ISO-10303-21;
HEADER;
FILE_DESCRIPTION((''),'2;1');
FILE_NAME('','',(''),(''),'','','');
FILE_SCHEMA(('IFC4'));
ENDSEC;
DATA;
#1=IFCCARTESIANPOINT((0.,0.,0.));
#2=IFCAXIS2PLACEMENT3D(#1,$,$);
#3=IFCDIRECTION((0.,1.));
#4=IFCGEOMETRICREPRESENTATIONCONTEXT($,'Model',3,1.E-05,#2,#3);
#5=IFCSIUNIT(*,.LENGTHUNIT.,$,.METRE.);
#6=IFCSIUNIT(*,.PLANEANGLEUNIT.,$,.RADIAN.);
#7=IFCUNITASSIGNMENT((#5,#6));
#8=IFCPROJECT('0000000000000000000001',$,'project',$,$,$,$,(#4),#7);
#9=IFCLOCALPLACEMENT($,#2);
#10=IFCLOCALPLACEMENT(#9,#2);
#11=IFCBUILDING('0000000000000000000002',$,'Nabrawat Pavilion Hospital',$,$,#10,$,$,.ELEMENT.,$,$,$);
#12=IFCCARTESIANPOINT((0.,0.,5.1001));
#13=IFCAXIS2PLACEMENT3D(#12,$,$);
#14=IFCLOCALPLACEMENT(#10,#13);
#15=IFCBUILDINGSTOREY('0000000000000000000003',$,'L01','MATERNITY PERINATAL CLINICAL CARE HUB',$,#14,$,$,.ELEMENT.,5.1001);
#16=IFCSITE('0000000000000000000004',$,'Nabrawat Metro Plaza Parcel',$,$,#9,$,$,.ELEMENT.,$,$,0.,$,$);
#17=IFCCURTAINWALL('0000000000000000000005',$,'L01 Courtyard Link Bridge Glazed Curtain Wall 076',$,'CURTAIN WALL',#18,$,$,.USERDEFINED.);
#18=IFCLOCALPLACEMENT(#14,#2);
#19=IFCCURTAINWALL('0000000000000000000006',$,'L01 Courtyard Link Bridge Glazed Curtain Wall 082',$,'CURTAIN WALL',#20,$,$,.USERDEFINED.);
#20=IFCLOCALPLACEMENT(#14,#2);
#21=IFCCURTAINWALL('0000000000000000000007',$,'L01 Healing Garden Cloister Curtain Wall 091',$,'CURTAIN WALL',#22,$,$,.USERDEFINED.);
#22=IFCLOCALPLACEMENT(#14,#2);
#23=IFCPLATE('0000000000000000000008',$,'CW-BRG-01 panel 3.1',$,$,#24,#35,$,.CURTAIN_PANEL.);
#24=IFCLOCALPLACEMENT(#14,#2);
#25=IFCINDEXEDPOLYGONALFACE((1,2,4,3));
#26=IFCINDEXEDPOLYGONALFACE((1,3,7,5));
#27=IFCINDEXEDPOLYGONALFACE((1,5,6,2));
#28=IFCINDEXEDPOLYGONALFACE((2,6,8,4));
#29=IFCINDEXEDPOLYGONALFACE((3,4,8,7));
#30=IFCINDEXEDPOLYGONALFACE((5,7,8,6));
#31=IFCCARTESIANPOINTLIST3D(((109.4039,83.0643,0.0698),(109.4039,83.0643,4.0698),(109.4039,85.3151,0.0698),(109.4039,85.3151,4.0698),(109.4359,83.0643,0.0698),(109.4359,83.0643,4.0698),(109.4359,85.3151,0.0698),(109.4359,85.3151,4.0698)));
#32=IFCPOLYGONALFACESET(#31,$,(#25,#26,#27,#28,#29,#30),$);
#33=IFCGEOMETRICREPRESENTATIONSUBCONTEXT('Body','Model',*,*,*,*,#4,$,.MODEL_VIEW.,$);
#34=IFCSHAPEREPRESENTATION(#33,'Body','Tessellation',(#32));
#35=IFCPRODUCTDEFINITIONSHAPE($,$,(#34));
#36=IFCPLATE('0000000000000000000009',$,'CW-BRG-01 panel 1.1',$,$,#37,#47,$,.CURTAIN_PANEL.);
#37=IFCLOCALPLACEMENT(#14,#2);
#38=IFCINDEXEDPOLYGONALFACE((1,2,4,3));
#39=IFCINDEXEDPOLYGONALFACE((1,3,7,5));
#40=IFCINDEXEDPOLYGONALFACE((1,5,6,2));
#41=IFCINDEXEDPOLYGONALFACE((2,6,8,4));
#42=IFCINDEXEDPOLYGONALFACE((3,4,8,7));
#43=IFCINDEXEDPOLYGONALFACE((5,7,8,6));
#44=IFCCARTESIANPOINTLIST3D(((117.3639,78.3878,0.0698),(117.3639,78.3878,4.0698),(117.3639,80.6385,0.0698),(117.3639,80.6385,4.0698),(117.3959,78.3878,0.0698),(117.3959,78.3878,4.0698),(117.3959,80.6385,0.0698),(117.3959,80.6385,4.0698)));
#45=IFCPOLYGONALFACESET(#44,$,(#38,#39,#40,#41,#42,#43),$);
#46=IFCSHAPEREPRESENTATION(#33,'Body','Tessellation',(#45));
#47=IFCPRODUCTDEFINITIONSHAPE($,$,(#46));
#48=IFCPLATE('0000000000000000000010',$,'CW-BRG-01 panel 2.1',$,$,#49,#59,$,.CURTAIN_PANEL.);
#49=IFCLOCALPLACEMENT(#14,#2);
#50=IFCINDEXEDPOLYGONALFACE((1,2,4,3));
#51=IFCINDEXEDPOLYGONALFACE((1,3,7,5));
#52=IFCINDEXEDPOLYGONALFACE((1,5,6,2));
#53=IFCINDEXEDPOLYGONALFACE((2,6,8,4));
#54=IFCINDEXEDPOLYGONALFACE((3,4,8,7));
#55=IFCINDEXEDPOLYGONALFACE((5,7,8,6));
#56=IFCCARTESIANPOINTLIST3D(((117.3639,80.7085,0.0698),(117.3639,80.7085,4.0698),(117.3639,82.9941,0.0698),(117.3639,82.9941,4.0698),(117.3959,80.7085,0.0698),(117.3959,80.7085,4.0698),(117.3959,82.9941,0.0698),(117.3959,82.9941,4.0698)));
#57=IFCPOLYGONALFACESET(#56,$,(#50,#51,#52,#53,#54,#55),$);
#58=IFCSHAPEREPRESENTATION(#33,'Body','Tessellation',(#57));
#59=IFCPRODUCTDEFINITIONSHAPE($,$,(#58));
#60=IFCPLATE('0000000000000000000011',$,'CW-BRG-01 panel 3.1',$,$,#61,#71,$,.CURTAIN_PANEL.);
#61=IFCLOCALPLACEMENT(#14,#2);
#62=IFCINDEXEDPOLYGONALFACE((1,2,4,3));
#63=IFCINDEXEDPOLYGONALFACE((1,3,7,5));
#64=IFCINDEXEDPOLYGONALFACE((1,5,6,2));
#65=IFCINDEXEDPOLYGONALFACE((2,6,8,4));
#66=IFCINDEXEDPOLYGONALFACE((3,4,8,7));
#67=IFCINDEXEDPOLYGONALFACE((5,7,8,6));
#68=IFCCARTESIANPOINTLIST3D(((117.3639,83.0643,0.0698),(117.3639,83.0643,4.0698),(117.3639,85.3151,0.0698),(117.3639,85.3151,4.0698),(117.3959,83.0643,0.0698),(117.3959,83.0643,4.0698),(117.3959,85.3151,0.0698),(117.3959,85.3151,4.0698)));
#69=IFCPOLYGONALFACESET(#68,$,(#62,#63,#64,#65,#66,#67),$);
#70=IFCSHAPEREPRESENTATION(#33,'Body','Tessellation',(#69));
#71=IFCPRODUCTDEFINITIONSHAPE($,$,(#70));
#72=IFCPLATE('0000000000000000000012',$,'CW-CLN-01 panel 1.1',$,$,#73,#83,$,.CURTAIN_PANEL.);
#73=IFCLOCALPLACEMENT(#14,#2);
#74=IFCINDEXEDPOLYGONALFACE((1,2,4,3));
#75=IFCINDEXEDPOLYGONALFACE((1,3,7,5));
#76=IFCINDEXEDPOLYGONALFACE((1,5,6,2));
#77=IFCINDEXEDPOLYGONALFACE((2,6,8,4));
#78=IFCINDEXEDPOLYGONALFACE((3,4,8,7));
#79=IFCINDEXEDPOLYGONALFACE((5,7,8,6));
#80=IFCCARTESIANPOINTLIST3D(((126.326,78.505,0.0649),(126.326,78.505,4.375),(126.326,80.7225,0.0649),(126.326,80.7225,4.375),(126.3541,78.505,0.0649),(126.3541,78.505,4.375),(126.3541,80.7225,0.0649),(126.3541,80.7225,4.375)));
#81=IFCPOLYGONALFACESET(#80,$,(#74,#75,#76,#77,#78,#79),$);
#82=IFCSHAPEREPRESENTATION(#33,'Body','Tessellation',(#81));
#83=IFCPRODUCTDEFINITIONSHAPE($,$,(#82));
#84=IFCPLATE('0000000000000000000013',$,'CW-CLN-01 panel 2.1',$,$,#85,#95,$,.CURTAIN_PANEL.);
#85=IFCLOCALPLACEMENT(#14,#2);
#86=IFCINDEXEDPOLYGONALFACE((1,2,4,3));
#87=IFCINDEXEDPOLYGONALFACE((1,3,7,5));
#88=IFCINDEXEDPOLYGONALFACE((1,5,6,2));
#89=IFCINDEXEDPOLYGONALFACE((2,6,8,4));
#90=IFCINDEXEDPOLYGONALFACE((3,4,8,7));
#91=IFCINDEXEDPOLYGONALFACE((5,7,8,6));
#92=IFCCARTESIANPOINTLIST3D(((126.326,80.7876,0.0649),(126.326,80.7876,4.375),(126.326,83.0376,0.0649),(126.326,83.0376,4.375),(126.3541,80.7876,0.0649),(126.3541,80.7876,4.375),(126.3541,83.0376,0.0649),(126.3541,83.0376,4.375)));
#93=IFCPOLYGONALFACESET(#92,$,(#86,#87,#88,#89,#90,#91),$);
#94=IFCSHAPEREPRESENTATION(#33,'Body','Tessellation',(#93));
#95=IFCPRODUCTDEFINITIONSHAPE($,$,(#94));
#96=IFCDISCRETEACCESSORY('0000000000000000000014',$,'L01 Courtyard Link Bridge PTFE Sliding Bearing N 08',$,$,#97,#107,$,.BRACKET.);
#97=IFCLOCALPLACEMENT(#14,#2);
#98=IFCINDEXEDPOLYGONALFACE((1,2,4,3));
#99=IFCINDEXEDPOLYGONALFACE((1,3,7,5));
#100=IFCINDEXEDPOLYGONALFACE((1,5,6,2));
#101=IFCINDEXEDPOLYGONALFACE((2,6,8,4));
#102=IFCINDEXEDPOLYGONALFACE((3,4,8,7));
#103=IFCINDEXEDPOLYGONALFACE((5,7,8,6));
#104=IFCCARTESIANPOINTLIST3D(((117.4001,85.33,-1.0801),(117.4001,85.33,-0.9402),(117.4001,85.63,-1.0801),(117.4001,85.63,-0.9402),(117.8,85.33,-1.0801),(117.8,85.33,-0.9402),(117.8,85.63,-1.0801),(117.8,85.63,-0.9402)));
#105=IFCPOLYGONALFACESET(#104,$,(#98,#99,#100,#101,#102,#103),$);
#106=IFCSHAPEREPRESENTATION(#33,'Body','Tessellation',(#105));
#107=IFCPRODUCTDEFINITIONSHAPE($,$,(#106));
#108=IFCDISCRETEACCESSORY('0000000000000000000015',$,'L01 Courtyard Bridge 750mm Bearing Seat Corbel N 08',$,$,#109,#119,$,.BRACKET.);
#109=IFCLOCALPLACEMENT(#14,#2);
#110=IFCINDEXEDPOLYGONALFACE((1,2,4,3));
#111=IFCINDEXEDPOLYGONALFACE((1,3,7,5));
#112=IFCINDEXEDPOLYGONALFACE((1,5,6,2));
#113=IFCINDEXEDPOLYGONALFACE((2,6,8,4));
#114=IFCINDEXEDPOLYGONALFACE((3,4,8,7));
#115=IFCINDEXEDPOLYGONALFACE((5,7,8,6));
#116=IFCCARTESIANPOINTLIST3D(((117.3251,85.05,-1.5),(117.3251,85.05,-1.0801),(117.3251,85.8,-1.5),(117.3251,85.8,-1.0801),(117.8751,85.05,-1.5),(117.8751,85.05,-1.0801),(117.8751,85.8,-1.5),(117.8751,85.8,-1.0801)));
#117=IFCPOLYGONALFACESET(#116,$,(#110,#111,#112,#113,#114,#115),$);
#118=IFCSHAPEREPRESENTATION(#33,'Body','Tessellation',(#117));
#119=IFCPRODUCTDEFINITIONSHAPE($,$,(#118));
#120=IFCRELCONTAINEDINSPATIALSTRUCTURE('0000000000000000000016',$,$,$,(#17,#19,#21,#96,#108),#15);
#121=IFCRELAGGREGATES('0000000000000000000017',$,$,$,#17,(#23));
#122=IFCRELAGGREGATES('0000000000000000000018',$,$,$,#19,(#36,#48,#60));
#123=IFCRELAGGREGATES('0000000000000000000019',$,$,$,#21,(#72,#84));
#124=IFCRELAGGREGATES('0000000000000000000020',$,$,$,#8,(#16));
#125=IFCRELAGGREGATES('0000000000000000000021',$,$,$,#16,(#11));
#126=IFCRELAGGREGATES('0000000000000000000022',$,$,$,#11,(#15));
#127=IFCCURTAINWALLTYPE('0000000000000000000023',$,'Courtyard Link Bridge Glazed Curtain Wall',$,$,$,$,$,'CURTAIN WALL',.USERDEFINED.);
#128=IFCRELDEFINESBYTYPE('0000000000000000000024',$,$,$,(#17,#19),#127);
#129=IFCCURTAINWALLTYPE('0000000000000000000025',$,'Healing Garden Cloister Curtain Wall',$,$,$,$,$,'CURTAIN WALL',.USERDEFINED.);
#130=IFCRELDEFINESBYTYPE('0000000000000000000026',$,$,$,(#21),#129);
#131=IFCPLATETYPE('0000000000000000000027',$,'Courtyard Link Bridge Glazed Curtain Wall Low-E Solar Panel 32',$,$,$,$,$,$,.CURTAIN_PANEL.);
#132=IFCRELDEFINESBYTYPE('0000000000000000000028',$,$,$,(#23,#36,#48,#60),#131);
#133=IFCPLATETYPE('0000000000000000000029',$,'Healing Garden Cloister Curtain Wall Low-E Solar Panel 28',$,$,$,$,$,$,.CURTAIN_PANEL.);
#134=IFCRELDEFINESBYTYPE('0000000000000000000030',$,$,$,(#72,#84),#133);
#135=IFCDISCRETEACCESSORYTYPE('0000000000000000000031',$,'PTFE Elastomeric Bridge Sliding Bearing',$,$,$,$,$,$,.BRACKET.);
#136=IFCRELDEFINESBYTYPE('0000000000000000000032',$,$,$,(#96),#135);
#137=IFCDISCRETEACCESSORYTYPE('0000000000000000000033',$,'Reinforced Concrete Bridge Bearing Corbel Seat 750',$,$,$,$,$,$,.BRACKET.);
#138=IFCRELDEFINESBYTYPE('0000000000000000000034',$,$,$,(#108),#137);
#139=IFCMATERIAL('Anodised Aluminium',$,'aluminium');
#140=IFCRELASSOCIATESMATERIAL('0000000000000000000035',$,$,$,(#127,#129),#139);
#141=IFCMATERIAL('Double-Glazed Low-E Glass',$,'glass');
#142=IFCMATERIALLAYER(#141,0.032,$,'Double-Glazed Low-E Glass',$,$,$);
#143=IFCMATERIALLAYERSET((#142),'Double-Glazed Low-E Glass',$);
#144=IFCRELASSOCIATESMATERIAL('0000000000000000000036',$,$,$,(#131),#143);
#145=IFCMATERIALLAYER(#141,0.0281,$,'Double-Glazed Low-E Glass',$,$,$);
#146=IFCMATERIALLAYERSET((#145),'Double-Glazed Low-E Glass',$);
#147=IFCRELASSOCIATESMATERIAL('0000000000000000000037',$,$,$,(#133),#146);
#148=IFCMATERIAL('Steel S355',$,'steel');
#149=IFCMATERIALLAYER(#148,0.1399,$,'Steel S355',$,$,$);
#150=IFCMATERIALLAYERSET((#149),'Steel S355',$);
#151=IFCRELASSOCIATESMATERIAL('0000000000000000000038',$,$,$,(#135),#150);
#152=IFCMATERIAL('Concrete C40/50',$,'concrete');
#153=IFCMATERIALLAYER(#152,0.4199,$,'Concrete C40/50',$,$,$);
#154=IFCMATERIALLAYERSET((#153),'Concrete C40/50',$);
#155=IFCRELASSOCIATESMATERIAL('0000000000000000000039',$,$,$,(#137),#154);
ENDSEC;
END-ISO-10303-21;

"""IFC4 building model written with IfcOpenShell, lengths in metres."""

from ifc_helpers import new_model, si_unit, direction, frame, origin, origin_2d, place, context, subcontext, project, spatial, rectangle, extrude, material, layer, layer_set, type_object, element, aggregate, save


model = new_model("IFC4")

# Units and contexts
model_context = context("Model", 3, precision=1e-05, world=origin(), true_north=direction((0.0, 1.0)))
body_context = subcontext(model_context, "Body", "Model", "MODEL_VIEW")
ifc_project = project(units=[si_unit("LENGTHUNIT", "METRE"), si_unit("PLANEANGLEUNIT", "RADIAN")], contexts=[model_context])

# Site, building, storey
site_placement = place(None, origin())
site = spatial("IfcSite", under=ifc_project, at=site_placement, Name="Nabrawat Metro Plaza Parcel", CompositionType="ELEMENT", RefElevation=0.0)
building_placement = place(site_placement, origin())
building = spatial("IfcBuilding", under=site, at=building_placement, Name="Nabrawat Pavilion Hospital", CompositionType="ELEMENT")
storey_placement = place(building_placement, frame((0.0, 0.0, 5.1001)))
storey = spatial("IfcBuildingStorey", under=building, at=storey_placement, Name="L01", Description="MATERNITY PERINATAL CLINICAL CARE HUB", CompositionType="ELEMENT", Elevation=5.1001)

# Shared definitions
ifc_material_1 = material(Name="Concrete C40/50", Category="concrete")

# Curtain wall
ifc_material_2 = material(Name="Anodised Aluminium", Category="aluminium")
curtain_wall_type_1 = type_object("IfcCurtainWallType", Name="Courtyard Link Bridge Glazed Curtain Wall", ElementType="CURTAIN WALL", PredefinedType="USERDEFINED", material=ifc_material_2)
curtain_wall_1_placement = place(storey_placement, origin())
curtain_wall_1 = element("IfcCurtainWall", 1, at=curtain_wall_1_placement, inside=storey, type_object=curtain_wall_type_1, Name="L01 Courtyard Link Bridge Glazed Curtain Wall 076", ObjectType="CURTAIN WALL", PredefinedType="USERDEFINED")

# Curtain wall
curtain_wall_2_placement = place(storey_placement, origin())
curtain_wall_2 = element("IfcCurtainWall", 2, at=curtain_wall_2_placement, inside=storey, type_object=curtain_wall_type_1, Name="L01 Courtyard Link Bridge Glazed Curtain Wall 082", ObjectType="CURTAIN WALL", PredefinedType="USERDEFINED")

# Curtain wall
curtain_wall_type_2 = type_object("IfcCurtainWallType", Name="Healing Garden Cloister Curtain Wall", ElementType="CURTAIN WALL", PredefinedType="USERDEFINED", material=ifc_material_2)
curtain_wall_3_placement = place(storey_placement, origin())
curtain_wall_3 = element("IfcCurtainWall", 3, at=curtain_wall_3_placement, inside=storey, type_object=curtain_wall_type_2, Name="L01 Healing Garden Cloister Curtain Wall 091", ObjectType="CURTAIN WALL", PredefinedType="USERDEFINED")

# Shared definitions
ifc_material_3 = material(Name="Steel S355", Category="steel")

# Plates
ifc_material_4 = material(Name="Double-Glazed Low-E Glass", Category="glass")
ifc_layer_1 = layer(ifc_material_4, 0.032, Name="Double-Glazed Low-E Glass")
ifc_layer_set_1 = layer_set([ifc_layer_1], Name="Double-Glazed Low-E Glass")
plate_type_1 = type_object("IfcPlateType", Name="Courtyard Link Bridge Glazed Curtain Wall Low-E Solar Panel 32", PredefinedType="CURTAIN_PANEL", material=ifc_layer_set_1)
plate_1_placement = place(storey_placement, frame((109.4199, 84.1897, 0.0698), z_axis=(0.0, 0.0, 1.0), x_axis=(0.0, 1.0, 0.0)))
plate_1 = element("IfcPlate", 4, at=plate_1_placement, type_object=plate_type_1, Name="CW-BRG-01 panel 3.1", PredefinedType="CURTAIN_PANEL", context=body_context, shape_type="SweptSolid", body=[
    extrude(rectangle(XDim=2.2507, YDim=0.032, at=origin_2d()), origin(), (0.0, 0.0, 1.0), 4.0),
])
aggregate(curtain_wall_1, [plate_1])
plate_2_placement = place(storey_placement, frame((117.3799, 79.5132, 0.0698), z_axis=(0.0, 0.0, 1.0), x_axis=(0.0, 1.0, 0.0)))
plate_2 = element("IfcPlate", 5, at=plate_2_placement, type_object=plate_type_1, Name="CW-BRG-01 panel 1.1", PredefinedType="CURTAIN_PANEL", context=body_context, shape_type="SweptSolid", body=[
    extrude(rectangle(XDim=2.2507, YDim=0.032, at=origin_2d()), origin(), (0.0, 0.0, 1.0), 4.0),
])
plate_3_placement = place(storey_placement, frame((117.3799, 81.8513, 0.0698), z_axis=(0.0, 0.0, 1.0), x_axis=(0.0, 1.0, 0.0)))
plate_3 = element("IfcPlate", 6, at=plate_3_placement, type_object=plate_type_1, Name="CW-BRG-01 panel 2.1", PredefinedType="CURTAIN_PANEL", context=body_context, shape_type="SweptSolid", body=[
    extrude(rectangle(XDim=2.2856, YDim=0.032, at=origin_2d()), origin(), (0.0, 0.0, 1.0), 4.0),
])
plate_4_placement = place(storey_placement, frame((117.3799, 84.1897, 0.0698), z_axis=(0.0, 0.0, 1.0), x_axis=(0.0, 1.0, 0.0)))
plate_4 = element("IfcPlate", 7, at=plate_4_placement, type_object=plate_type_1, Name="CW-BRG-01 panel 3.1", PredefinedType="CURTAIN_PANEL", context=body_context, shape_type="SweptSolid", body=[
    extrude(rectangle(XDim=2.2507, YDim=0.032, at=origin_2d()), origin(), (0.0, 0.0, 1.0), 4.0),
])
aggregate(curtain_wall_2, [plate_2, plate_3, plate_4])
ifc_layer_2 = layer(ifc_material_4, 0.0281, Name="Double-Glazed Low-E Glass")
ifc_layer_set_2 = layer_set([ifc_layer_2], Name="Double-Glazed Low-E Glass")
plate_type_2 = type_object("IfcPlateType", Name="Healing Garden Cloister Curtain Wall Low-E Solar Panel 28", PredefinedType="CURTAIN_PANEL", material=ifc_layer_set_2)
plate_5_placement = place(storey_placement, frame((126.3401, 79.6138, 0.0649), z_axis=(0.0, 0.0, 1.0), x_axis=(0.0, 1.0, 0.0)))
plate_5 = element("IfcPlate", 8, at=plate_5_placement, type_object=plate_type_2, Name="CW-CLN-01 panel 1.1", PredefinedType="CURTAIN_PANEL", context=body_context, shape_type="SweptSolid", body=[
    extrude(rectangle(XDim=2.2175, YDim=0.0281, at=origin_2d()), origin(), (0.0, 0.0, 1.0), 4.3101),
])
plate_6_placement = place(storey_placement, frame((126.3401, 81.9126, 0.0649), z_axis=(0.0, 0.0, 1.0), x_axis=(0.0, 1.0, 0.0)))
plate_6 = element("IfcPlate", 9, at=plate_6_placement, type_object=plate_type_2, Name="CW-CLN-01 panel 2.1", PredefinedType="CURTAIN_PANEL", context=body_context, shape_type="SweptSolid", body=[
    extrude(rectangle(XDim=2.25, YDim=0.0281, at=origin_2d()), origin(), (0.0, 0.0, 1.0), 4.3101),
])
aggregate(curtain_wall_3, [plate_5, plate_6])

# Discrete accessories
ifc_layer_3 = layer(ifc_material_3, 0.1399, Name="Steel S355")
ifc_layer_set_3 = layer_set([ifc_layer_3], Name="Steel S355")
discrete_accessory_type_1 = type_object("IfcDiscreteAccessoryType", Name="PTFE Elastomeric Bridge Sliding Bearing", PredefinedType="BRACKET", material=ifc_layer_set_3)
discrete_accessory_1_placement = place(storey_placement, frame((117.6001, 85.48, -1.0801), z_axis=(0.0, 0.0, 1.0), x_axis=(1.0, 0.0, 0.0)))
element("IfcDiscreteAccessory", 10, at=discrete_accessory_1_placement, inside=storey, type_object=discrete_accessory_type_1, Name="L01 Courtyard Link Bridge PTFE Sliding Bearing N 08", PredefinedType="BRACKET", context=body_context, shape_type="SweptSolid", body=[
    extrude(rectangle(XDim=0.3999, YDim=0.3, at=origin_2d()), origin(), (0.0, 0.0, 1.0), 0.1399),
])
ifc_layer_4 = layer(ifc_material_1, 0.4199, Name="Concrete C40/50")
ifc_layer_set_4 = layer_set([ifc_layer_4], Name="Concrete C40/50")
discrete_accessory_type_2 = type_object("IfcDiscreteAccessoryType", Name="Reinforced Concrete Bridge Bearing Corbel Seat 750", PredefinedType="BRACKET", material=ifc_layer_set_4)
discrete_accessory_2_placement = place(storey_placement, frame((117.6001, 85.425, -1.5), z_axis=(0.0, 0.0, 1.0), x_axis=(1.0, 0.0, 0.0)))
element("IfcDiscreteAccessory", 11, at=discrete_accessory_2_placement, inside=storey, type_object=discrete_accessory_type_2, Name="L01 Courtyard Bridge 750mm Bearing Seat Corbel N 08", PredefinedType="BRACKET", context=body_context, shape_type="SweptSolid", body=[
    extrude(rectangle(XDim=0.55, YDim=0.75, at=origin_2d()), origin(), (0.0, 0.0, 1.0), 0.4199),
])

save(model, "model.ifc")
